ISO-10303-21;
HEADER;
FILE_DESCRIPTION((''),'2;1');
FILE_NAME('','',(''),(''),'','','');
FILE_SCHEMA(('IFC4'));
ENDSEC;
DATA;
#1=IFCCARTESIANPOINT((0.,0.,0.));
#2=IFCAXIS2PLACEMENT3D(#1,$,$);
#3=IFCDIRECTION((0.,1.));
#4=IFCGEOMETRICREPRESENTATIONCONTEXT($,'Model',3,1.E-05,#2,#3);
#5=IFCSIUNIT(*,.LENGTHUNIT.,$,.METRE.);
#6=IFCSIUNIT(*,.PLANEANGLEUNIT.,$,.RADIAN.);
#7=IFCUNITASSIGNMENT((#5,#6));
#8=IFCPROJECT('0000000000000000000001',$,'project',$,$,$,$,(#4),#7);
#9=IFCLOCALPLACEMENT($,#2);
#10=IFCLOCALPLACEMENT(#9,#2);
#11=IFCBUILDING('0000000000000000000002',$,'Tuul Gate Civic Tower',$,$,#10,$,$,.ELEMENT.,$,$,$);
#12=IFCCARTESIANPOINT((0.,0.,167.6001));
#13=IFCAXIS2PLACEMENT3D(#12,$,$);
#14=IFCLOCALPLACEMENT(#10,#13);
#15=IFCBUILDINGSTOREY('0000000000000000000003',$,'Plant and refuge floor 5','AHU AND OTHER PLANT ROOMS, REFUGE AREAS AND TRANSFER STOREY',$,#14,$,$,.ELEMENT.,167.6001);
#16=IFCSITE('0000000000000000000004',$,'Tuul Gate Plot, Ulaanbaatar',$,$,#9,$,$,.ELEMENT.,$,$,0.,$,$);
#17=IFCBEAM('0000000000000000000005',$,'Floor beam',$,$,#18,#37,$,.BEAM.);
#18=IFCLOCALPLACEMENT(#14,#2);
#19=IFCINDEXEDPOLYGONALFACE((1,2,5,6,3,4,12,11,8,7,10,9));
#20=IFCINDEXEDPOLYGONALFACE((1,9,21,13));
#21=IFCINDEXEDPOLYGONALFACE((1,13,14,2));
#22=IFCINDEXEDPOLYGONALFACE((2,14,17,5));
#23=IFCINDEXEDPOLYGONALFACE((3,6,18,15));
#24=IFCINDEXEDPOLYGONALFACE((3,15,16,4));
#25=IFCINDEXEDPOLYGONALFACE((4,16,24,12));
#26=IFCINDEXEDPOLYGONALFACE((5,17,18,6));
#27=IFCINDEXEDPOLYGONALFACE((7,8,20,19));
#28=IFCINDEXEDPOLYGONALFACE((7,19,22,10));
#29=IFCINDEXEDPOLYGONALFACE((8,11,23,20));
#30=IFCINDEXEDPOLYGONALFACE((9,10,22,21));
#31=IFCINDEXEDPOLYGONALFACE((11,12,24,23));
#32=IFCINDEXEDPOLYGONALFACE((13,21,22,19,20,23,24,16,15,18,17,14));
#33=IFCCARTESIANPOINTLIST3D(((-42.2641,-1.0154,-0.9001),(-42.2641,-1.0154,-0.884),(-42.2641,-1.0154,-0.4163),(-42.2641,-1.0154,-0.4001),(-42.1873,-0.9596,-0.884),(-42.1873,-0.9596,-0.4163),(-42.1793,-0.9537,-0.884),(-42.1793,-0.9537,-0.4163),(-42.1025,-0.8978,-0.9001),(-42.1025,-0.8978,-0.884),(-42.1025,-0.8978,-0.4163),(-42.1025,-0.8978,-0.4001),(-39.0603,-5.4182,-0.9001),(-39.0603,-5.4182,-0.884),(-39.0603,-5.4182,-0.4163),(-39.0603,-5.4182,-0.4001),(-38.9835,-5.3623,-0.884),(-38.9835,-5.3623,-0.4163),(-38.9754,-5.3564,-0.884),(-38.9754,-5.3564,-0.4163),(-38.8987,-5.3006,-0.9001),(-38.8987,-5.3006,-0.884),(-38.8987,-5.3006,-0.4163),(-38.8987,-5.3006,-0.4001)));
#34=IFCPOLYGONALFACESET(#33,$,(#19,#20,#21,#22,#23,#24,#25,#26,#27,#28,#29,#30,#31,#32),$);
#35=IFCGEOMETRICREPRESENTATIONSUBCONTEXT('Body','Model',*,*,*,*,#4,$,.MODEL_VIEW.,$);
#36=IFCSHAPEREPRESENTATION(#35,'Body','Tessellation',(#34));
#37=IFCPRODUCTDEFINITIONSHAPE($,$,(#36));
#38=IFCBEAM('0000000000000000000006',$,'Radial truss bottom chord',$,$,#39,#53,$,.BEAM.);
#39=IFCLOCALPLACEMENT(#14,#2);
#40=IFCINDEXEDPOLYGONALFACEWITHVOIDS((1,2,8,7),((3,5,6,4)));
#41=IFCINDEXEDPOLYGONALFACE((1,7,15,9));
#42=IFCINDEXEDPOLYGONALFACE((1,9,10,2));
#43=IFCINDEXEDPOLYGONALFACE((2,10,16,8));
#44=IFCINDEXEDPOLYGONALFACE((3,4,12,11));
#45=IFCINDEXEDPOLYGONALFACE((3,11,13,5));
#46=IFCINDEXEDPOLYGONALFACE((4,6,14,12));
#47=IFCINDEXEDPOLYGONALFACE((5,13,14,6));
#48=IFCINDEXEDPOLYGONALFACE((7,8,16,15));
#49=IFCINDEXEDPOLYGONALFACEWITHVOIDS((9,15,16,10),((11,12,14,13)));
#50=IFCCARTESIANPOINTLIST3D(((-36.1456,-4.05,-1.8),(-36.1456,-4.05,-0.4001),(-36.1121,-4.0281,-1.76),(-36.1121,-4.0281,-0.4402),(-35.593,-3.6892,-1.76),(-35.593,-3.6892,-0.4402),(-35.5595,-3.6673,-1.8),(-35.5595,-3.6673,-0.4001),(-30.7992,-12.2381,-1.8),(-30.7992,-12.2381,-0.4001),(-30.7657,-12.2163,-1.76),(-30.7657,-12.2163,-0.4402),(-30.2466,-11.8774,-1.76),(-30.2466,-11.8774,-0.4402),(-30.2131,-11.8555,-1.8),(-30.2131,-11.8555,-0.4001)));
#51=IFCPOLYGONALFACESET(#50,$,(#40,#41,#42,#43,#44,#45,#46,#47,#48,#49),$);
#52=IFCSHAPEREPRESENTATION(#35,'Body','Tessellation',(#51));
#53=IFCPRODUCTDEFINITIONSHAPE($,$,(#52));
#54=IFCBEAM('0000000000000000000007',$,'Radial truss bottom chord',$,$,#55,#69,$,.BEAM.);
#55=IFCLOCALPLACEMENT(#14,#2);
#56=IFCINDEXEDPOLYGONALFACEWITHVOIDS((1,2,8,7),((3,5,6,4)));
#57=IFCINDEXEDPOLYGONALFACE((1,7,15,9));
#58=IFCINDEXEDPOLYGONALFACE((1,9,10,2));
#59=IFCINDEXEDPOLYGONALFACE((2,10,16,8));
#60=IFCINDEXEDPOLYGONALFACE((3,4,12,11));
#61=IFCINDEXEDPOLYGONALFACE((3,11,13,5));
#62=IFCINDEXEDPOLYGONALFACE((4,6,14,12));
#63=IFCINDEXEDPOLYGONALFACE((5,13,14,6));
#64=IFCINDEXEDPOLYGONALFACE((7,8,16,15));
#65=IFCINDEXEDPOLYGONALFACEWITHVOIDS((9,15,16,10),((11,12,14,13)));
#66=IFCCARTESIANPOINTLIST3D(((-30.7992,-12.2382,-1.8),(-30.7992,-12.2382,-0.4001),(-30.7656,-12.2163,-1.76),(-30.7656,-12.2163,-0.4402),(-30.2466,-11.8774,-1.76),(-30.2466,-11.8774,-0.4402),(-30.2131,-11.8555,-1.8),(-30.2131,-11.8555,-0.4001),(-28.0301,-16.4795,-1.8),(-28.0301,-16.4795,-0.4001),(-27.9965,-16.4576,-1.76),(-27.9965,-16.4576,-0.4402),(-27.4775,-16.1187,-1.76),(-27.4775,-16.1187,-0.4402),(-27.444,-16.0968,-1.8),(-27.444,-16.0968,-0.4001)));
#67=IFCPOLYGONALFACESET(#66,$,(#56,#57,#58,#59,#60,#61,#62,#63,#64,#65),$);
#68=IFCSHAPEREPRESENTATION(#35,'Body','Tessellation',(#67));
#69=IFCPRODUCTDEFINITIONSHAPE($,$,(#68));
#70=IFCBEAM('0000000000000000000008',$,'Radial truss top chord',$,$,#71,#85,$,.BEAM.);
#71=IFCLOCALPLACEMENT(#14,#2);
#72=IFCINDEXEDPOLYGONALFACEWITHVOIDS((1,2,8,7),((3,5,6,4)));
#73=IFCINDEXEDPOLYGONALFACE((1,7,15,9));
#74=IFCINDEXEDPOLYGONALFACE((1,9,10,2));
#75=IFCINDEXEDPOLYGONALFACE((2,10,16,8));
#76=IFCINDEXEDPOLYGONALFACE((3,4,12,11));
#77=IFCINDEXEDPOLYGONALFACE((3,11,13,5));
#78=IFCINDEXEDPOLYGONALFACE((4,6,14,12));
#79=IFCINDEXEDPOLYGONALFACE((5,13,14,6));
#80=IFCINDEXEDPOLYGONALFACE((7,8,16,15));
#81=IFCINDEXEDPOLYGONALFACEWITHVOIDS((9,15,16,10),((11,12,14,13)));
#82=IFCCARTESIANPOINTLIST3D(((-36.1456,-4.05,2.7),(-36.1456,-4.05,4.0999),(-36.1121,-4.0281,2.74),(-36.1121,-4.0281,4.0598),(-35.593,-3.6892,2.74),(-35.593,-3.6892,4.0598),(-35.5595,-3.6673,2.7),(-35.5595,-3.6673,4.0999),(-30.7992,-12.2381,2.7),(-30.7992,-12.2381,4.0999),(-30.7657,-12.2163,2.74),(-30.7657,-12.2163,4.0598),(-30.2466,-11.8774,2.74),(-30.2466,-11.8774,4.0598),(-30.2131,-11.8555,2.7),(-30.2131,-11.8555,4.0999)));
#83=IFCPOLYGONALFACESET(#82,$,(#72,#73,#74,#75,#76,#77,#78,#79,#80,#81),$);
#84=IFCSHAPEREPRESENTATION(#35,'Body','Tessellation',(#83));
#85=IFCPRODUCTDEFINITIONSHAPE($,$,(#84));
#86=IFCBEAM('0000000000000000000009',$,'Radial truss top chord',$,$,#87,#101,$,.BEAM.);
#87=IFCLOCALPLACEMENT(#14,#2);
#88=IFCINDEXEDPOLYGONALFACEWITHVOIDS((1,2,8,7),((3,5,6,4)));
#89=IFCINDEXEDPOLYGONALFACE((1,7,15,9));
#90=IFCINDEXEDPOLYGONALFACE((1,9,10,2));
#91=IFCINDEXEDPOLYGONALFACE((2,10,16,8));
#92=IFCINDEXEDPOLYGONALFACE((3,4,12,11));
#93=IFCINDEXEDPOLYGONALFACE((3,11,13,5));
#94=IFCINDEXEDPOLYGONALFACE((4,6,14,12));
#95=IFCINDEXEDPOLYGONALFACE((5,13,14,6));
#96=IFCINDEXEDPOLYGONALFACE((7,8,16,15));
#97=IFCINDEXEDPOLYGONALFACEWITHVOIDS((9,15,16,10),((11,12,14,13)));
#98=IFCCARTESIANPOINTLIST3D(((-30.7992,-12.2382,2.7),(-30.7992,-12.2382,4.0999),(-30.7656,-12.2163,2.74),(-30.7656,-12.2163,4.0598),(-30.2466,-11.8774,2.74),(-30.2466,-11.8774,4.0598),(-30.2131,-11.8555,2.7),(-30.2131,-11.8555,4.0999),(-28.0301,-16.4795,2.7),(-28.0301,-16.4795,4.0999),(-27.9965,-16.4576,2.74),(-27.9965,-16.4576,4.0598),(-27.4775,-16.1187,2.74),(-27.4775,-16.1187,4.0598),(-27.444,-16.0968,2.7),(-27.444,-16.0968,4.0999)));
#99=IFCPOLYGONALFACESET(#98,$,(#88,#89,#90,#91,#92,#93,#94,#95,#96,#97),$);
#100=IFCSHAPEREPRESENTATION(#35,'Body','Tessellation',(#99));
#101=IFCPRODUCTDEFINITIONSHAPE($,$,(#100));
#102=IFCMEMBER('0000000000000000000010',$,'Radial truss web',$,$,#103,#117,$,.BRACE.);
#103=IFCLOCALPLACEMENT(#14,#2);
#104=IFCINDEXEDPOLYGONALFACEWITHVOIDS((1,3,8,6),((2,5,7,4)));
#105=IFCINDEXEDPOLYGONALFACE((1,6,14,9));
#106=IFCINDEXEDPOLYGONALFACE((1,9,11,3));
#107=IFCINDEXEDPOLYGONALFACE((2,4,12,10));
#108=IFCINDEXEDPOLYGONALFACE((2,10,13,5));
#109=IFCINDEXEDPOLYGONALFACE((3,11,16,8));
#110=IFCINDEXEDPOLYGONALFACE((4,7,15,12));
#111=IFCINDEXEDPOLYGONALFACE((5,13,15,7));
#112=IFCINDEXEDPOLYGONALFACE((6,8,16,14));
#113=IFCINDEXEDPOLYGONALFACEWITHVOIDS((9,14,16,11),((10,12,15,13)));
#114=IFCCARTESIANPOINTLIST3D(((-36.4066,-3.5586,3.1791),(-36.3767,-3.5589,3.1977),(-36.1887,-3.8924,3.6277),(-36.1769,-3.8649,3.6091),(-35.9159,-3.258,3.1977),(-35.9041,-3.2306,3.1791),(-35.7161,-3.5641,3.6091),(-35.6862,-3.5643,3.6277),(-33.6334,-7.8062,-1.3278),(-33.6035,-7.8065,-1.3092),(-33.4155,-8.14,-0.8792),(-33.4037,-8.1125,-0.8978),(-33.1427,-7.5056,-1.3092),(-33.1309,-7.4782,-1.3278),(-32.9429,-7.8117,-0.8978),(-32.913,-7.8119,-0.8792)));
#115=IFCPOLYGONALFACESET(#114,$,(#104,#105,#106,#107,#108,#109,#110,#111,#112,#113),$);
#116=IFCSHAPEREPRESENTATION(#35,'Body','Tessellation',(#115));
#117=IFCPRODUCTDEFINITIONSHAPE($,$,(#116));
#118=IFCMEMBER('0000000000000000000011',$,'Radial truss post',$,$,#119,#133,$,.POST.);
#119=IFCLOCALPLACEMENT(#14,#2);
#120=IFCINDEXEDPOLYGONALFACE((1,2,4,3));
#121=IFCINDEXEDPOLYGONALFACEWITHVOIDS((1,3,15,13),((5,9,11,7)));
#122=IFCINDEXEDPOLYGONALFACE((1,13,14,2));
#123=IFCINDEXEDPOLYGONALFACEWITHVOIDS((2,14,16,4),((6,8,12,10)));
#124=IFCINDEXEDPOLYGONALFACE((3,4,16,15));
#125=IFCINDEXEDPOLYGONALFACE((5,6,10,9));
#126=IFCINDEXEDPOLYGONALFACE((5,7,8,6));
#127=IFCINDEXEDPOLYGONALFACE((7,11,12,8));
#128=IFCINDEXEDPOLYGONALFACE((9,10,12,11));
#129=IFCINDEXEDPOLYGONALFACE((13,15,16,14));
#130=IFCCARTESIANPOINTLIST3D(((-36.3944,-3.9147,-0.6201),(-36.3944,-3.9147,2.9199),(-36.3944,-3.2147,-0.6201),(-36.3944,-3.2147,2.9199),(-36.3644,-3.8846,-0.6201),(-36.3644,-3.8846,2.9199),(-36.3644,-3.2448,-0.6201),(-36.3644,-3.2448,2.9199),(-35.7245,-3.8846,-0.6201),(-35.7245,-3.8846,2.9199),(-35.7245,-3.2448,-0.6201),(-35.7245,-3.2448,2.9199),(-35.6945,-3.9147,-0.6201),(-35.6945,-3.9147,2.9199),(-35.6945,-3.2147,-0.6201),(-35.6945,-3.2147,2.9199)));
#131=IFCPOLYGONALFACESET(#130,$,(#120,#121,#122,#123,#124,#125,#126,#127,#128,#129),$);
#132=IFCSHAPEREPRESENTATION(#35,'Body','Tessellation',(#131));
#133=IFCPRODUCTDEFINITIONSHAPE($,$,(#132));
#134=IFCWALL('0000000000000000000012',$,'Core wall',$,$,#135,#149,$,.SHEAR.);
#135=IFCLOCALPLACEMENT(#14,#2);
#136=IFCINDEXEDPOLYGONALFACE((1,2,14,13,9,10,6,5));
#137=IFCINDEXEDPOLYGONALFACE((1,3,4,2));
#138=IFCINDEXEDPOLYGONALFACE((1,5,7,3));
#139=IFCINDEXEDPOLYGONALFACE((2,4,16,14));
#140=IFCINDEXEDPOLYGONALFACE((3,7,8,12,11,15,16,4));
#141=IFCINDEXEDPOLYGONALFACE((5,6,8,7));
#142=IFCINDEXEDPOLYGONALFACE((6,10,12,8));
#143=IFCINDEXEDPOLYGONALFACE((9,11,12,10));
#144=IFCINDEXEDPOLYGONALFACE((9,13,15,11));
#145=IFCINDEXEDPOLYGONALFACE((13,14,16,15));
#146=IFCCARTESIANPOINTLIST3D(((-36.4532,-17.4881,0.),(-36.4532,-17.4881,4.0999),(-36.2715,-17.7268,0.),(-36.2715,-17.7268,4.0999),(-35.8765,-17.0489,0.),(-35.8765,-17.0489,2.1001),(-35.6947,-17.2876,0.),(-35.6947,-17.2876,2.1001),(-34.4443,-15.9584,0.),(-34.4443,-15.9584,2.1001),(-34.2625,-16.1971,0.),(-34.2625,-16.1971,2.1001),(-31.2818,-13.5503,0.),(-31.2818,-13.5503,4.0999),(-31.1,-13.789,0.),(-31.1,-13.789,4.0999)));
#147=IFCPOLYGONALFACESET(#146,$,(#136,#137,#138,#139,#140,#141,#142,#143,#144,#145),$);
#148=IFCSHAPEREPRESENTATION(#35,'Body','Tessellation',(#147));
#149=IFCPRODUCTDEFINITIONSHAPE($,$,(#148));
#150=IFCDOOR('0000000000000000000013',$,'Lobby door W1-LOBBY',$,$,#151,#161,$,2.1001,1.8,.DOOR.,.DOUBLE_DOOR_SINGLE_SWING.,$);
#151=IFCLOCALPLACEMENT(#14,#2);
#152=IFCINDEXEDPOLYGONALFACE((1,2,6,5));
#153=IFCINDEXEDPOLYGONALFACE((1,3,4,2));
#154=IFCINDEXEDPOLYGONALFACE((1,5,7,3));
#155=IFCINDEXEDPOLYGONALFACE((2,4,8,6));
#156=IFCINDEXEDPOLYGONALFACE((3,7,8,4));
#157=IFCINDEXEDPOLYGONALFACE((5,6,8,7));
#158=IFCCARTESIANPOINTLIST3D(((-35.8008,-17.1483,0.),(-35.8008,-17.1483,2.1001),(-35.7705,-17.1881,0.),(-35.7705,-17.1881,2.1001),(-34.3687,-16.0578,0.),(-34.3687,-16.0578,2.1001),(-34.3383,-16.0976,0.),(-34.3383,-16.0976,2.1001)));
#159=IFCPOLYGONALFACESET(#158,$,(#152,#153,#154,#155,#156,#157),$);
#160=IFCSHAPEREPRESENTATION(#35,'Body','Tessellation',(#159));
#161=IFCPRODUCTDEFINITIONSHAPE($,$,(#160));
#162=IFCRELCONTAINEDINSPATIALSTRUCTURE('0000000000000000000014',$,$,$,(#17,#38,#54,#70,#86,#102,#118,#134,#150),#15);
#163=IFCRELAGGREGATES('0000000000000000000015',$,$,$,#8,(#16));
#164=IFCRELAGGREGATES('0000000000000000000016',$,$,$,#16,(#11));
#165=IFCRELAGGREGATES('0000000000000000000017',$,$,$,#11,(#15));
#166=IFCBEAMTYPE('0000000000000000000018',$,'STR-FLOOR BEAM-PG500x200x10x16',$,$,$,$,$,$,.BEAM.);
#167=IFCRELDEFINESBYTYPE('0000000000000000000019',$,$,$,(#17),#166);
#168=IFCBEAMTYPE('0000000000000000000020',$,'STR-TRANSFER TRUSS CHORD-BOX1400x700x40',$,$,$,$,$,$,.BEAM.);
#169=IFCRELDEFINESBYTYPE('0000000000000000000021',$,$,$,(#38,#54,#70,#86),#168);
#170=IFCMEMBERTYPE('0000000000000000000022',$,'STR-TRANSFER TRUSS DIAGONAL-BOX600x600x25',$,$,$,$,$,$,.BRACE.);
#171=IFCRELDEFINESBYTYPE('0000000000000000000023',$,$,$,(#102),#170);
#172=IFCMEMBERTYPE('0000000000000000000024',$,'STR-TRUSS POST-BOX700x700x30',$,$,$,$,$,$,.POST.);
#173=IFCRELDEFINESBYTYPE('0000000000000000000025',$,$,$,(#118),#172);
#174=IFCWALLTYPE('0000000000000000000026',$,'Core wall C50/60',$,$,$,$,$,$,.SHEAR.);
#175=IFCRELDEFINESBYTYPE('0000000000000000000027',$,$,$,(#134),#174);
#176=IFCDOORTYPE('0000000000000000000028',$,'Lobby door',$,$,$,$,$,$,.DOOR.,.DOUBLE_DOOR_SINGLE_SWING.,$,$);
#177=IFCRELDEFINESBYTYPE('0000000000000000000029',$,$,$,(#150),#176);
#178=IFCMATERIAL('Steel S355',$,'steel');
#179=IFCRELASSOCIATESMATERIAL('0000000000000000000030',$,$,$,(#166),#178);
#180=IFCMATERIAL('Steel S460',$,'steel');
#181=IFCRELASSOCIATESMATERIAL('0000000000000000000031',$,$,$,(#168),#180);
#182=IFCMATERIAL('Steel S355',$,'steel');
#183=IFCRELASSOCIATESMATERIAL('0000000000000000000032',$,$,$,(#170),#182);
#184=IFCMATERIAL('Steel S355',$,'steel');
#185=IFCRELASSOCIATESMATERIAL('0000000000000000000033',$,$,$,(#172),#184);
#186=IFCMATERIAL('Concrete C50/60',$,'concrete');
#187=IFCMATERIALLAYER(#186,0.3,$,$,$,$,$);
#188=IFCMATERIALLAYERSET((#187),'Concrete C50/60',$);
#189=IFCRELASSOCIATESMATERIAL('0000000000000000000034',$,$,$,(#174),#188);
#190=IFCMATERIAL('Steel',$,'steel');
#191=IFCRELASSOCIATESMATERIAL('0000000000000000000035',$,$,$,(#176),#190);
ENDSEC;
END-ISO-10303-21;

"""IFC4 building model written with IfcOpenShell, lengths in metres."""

from ifc_helpers import new_model, si_unit, direction, frame, frame_2d, origin, origin_2d, place, context, subcontext, project, spatial, rectangle, hollow_rectangle, i_section, extrude, material, layer, layer_set, material_profile, profile_set, type_object, element, fill, save


model = new_model("IFC4")

# Units and contexts
model_context = context("Model", 3, precision=1e-05, world=origin(), true_north=direction((0.0, 1.0)))
body_context = subcontext(model_context, "Body", "Model", "MODEL_VIEW")
ifc_project = project(units=[si_unit("LENGTHUNIT", "METRE"), si_unit("PLANEANGLEUNIT", "RADIAN")], contexts=[model_context])

# Site, building, storey
site_placement = place(None, origin())
site = spatial("IfcSite", under=ifc_project, at=site_placement, Name="Tuul Gate Plot, Ulaanbaatar", CompositionType="ELEMENT", RefElevation=0.0)
building_placement = place(site_placement, origin())
building = spatial("IfcBuilding", under=site, at=building_placement, Name="Tuul Gate Civic Tower", CompositionType="ELEMENT")
storey_placement = place(building_placement, frame((0.0, 0.0, 167.6001)))
storey = spatial("IfcBuildingStorey", under=building, at=storey_placement, Name="Plant and refuge floor 5", Description="AHU AND OTHER PLANT ROOMS, REFUGE AREAS AND TRANSFER STOREY", CompositionType="ELEMENT", Elevation=167.6001)

# Beams
ifc_material_1 = material(Name="Steel S355", Category="steel")
ifc_material_profile_1 = material_profile(ifc_material_1, i_section(OverallWidth=0.2, OverallDepth=0.5, WebThickness=0.01, FlangeThickness=0.0161, at=origin_2d()), Name="PG500x200x10x16")
ifc_profile_set_1 = profile_set([ifc_material_profile_1], Name="Steel S355")
beam_type_1 = type_object("IfcBeamType", Name="STR-FLOOR BEAM-PG500x200x10x16", PredefinedType="BEAM", material=ifc_profile_set_1)
beam_1_placement = place(storey_placement, frame((-38.9795, -5.3594, -0.6501), z_axis=(-0.588388, 0.808579, 0.0), x_axis=(-0.808579, -0.588388, 0.0)))
element("IfcBeam", 1, at=beam_1_placement, inside=storey, type_object=beam_type_1, Name="Floor beam", PredefinedType="BEAM", context=body_context, shape_type="SweptSolid", body=[
    extrude(i_section(OverallWidth=0.2, OverallDepth=0.5, WebThickness=0.01, FlangeThickness=0.0161, at=origin_2d()), origin(), (0.0, 0.0, 1.0), 5.4451),
])
ifc_material_2 = material(Name="Steel S460", Category="steel")
ifc_material_profile_2 = material_profile(ifc_material_2, hollow_rectangle(XDim=0.7, YDim=1.3999, WallThickness=0.04, at=origin_2d()), Name="BOX1400x700x40")
ifc_profile_set_2 = profile_set([ifc_material_profile_2], Name="Steel S460")
beam_type_2 = type_object("IfcBeamType", Name="STR-TRANSFER TRUSS CHORD-BOX1400x700x40", PredefinedType="BEAM", material=ifc_profile_set_2)
beam_2_placement = place(storey_placement, frame((-35.8525, -3.8586, -1.1001), z_axis=(0.546719, -0.837316, 0.0), x_axis=(0.837316, 0.546719, 0.0)))
element("IfcBeam", 2, at=beam_2_placement, inside=storey, type_object=beam_type_2, Name="Radial truss bottom chord", PredefinedType="BEAM", context=body_context, shape_type="SweptSolid", body=[
    extrude(hollow_rectangle(XDim=0.7, YDim=1.3999, WallThickness=0.04, at=origin_2d()), origin(), (0.0, 0.0, 1.0), 9.7791),
])
beam_3_placement = place(storey_placement, frame((-30.5061, -12.0469, -1.1001), z_axis=(0.546688, -0.837336, 0.0), x_axis=(0.837336, 0.546688, 0.0)))
element("IfcBeam", 3, at=beam_3_placement, inside=storey, type_object=beam_type_2, Name="Radial truss bottom chord", PredefinedType="BEAM", context=body_context, shape_type="SweptSolid", body=[
    extrude(hollow_rectangle(XDim=0.7, YDim=1.3999, WallThickness=0.04, at=origin_2d()), origin(), (0.0, 0.0, 1.0), 5.0652),
])
beam_4_placement = place(storey_placement, frame((-35.8525, -3.8586, 3.3999), z_axis=(0.546719, -0.837316, 0.0), x_axis=(0.837316, 0.546719, 0.0)))
element("IfcBeam", 4, at=beam_4_placement, inside=storey, type_object=beam_type_2, Name="Radial truss top chord", PredefinedType="BEAM", context=body_context, shape_type="SweptSolid", body=[
    extrude(hollow_rectangle(XDim=0.7, YDim=1.3999, WallThickness=0.04, at=origin_2d()), origin(), (0.0, 0.0, 1.0), 9.7791),
])
beam_5_placement = place(storey_placement, frame((-30.5061, -12.0469, 3.3999), z_axis=(0.546688, -0.837336, 0.0), x_axis=(0.837336, 0.546688, 0.0)))
element("IfcBeam", 5, at=beam_5_placement, inside=storey, type_object=beam_type_2, Name="Radial truss top chord", PredefinedType="BEAM", context=body_context, shape_type="SweptSolid", body=[
    extrude(hollow_rectangle(XDim=0.7, YDim=1.3999, WallThickness=0.04, at=origin_2d()), origin(), (0.0, 0.0, 1.0), 5.0652),
])

# Members
ifc_material_3 = material(Name="Steel S355", Category="steel")
ifc_material_profile_3 = material_profile(ifc_material_3, hollow_rectangle(XDim=0.6001, YDim=0.6001, WallThickness=0.0249, at=origin_2d()), Name="BOX600x600x25")
ifc_profile_set_3 = profile_set([ifc_material_profile_3], Name="Steel S355")
member_type_1 = type_object("IfcMemberType", Name="STR-TRANSFER TRUSS DIAGONAL-BOX600x600x25", PredefinedType="BRACE", material=ifc_profile_set_3)
member_1_placement = place(storey_placement, frame((-33.2732, -7.8091, -1.1035), z_axis=(-0.40869, 0.62597, 0.66418), x_axis=(-0.837336, -0.546689, 0.0)))
element("IfcMember", 6, at=member_1_placement, inside=storey, type_object=member_type_1, Name="Radial truss web", PredefinedType="BRACE", context=body_context, shape_type="SweptSolid", body=[
    extrude(hollow_rectangle(XDim=0.6001, YDim=0.6001, WallThickness=0.0249, at=origin_2d()), origin(), (0.0, 0.0, 1.0), 6.7856),
])
ifc_material_4 = material(Name="Steel S355", Category="steel")
ifc_material_profile_4 = material_profile(ifc_material_4, hollow_rectangle(XDim=0.7, YDim=0.7, WallThickness=0.03, at=origin_2d()), Name="BOX700x700x30")
ifc_profile_set_4 = profile_set([ifc_material_profile_4], Name="Steel S355")
member_type_2 = type_object("IfcMemberType", Name="STR-TRUSS POST-BOX700x700x30", PredefinedType="POST", material=ifc_profile_set_4)
member_2_placement = place(storey_placement, frame((-36.0444, -3.5647, -0.6201), z_axis=(0.0, 0.0, 1.0), x_axis=(1.0, 0.0, 0.0)))
element("IfcMember", 7, at=member_2_placement, inside=storey, type_object=member_type_2, Name="Radial truss post", PredefinedType="POST", context=body_context, shape_type="SweptSolid", body=[
    extrude(hollow_rectangle(XDim=0.7, YDim=0.7, WallThickness=0.03, at=origin_2d()), origin(), (0.0, 0.0, 1.0), 3.54),
])

# Wall, opening, door
ifc_material_5 = material(Name="Concrete C50/60", Category="concrete")
ifc_layer_1 = layer(ifc_material_5, 0.3)
ifc_layer_set_1 = layer_set([ifc_layer_1], Name="Concrete C50/60")
wall_type_1 = type_object("IfcWallType", Name="Core wall C50/60", PredefinedType="SHEAR", material=ifc_layer_set_1)
wall_1_placement = place(storey_placement, frame((-31.1909, -13.6697, 0.0), z_axis=(0.0, 0.0, 1.0), x_axis=(-0.795607, -0.605813, 0.0)))
wall_1 = element("IfcWall", 8, at=wall_1_placement, inside=storey, type_object=wall_type_1, Name="Core wall", PredefinedType="SHEAR", context=body_context, shape_type="SweptSolid", body=[
    extrude(rectangle(XDim=6.5, YDim=0.3, at=frame_2d((3.25, 0.0))), origin(), (0.0, 0.0, 1.0), 4.0999),
])
opening_1_placement = place(wall_1_placement, frame((3.9751, 0.0, 0.0)))
opening_1 = element("IfcOpeningElement", 9, at=opening_1_placement, cuts=wall_1, PredefinedType="OPENING", context=body_context, shape_type="SweptSolid", body=[
    extrude(rectangle(XDim=1.8, YDim=2.1001, at=frame_2d((0.8999, 1.05))), frame((0.0, 0.1602, 0.0), z_axis=(0.0, -1.0, 0.0), x_axis=(1.0, 0.0, 0.0)), (0.0, 0.0, 1.0), 0.3201),
])
ifc_material_6 = material(Name="Steel", Category="steel")
door_type_1 = type_object("IfcDoorType", Name="Lobby door", OperationType="DOUBLE_DOOR_SINGLE_SWING", PredefinedType="DOOR", material=ifc_material_6)
door_1_placement = place(opening_1_placement, origin())
door_1 = element("IfcDoor", 10, at=door_1_placement, inside=storey, type_object=door_type_1, Name="Lobby door W1-LOBBY", OperationType="DOUBLE_DOOR_SINGLE_SWING", OverallHeight=2.1001, OverallWidth=1.8, PredefinedType="DOOR", context=body_context, shape_type="SweptSolid", body=[
    extrude(rectangle(XDim=1.8, YDim=2.1001, at=frame_2d((0.8999, 1.05))), frame((0.0, 0.0249, 0.0), z_axis=(0.0, -1.0, 0.0), x_axis=(1.0, 0.0, 0.0)), (0.0, 0.0, 1.0), 0.05),
])
fill(opening_1, door_1)

save(model, "model.ifc")
